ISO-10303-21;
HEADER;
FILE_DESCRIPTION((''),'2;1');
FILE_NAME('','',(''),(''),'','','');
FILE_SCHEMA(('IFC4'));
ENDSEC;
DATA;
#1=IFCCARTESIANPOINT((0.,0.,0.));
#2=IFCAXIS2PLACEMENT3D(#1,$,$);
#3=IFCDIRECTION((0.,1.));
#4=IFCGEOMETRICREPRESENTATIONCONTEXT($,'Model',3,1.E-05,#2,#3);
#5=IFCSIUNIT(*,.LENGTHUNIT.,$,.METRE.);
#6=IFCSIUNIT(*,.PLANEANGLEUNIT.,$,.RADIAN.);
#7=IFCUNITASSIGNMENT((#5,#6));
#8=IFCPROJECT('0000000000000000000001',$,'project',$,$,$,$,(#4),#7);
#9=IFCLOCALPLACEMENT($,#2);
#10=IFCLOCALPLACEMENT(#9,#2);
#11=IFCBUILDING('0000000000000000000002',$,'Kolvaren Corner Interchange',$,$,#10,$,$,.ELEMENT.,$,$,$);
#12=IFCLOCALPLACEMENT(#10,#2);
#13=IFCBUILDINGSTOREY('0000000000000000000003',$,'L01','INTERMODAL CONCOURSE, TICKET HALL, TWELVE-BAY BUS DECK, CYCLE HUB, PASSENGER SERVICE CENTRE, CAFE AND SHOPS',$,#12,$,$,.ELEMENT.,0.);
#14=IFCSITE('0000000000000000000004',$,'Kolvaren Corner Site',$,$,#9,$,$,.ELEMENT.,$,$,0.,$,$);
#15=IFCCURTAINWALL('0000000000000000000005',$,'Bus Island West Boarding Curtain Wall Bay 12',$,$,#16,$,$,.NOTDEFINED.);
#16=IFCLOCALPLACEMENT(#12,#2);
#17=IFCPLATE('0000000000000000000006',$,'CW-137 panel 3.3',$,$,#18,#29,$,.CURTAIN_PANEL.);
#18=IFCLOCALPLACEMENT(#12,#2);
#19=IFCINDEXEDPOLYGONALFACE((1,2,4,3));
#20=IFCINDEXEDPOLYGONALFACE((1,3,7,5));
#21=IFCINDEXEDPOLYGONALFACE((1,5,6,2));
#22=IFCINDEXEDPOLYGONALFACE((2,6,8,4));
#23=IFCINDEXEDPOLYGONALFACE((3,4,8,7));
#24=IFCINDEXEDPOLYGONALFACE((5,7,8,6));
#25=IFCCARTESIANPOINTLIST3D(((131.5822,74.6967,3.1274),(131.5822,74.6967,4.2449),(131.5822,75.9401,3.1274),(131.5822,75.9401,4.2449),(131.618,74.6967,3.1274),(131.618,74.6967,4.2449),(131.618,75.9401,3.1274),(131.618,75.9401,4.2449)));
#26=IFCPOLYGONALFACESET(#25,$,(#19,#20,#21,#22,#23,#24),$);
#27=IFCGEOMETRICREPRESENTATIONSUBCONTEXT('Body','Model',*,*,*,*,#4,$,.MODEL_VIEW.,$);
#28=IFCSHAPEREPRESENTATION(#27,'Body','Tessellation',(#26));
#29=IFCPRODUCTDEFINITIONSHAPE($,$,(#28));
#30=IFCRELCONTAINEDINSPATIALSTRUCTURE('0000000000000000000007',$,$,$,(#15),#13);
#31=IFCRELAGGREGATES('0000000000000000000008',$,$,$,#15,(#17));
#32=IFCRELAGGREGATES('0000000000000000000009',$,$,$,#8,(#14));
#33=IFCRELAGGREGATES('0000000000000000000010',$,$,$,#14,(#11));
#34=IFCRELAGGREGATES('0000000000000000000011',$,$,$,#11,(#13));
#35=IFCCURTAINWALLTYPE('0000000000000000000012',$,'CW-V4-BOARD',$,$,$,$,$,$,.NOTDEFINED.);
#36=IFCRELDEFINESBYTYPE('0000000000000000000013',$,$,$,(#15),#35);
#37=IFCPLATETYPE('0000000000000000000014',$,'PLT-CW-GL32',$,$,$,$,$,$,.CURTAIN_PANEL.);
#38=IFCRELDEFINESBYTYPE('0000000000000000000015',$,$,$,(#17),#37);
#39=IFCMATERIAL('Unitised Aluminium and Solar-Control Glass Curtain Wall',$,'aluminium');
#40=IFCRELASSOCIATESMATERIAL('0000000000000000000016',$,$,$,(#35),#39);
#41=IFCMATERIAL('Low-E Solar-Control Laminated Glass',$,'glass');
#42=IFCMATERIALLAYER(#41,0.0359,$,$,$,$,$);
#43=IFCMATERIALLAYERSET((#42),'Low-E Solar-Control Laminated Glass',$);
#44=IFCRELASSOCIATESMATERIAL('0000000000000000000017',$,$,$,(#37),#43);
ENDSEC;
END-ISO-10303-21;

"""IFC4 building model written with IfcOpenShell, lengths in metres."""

from ifc_helpers import new_model, si_unit, direction, frame, origin, origin_2d, place, context, subcontext, project, spatial, rectangle, extrude, material, layer, layer_set, type_object, element, aggregate, save


model = new_model("IFC4")

# Units and contexts
model_context = context("Model", 3, precision=1e-05, world=origin(), true_north=direction((0.0, 1.0)))
body_context = subcontext(model_context, "Body", "Model", "MODEL_VIEW")
ifc_project = project(units=[si_unit("LENGTHUNIT", "METRE"), si_unit("PLANEANGLEUNIT", "RADIAN")], contexts=[model_context])

# Site, building, storey
site_placement = place(None, origin())
site = spatial("IfcSite", under=ifc_project, at=site_placement, Name="Kolvaren Corner Site", CompositionType="ELEMENT", RefElevation=0.0)
building_placement = place(site_placement, origin())
building = spatial("IfcBuilding", under=site, at=building_placement, Name="Kolvaren Corner Interchange", CompositionType="ELEMENT")
storey_placement = place(building_placement, origin())
storey = spatial("IfcBuildingStorey", under=building, at=storey_placement, Name="L01", Description="INTERMODAL CONCOURSE, TICKET HALL, TWELVE-BAY BUS DECK, CYCLE HUB, PASSENGER SERVICE CENTRE, CAFE AND SHOPS", CompositionType="ELEMENT", Elevation=0.0)

# Curtain wall, plate
ifc_material_1 = material(Name="Unitised Aluminium and Solar-Control Glass Curtain Wall", Category="aluminium")
curtain_wall_type = type_object("IfcCurtainWallType", Name="CW-V4-BOARD", PredefinedType="NOTDEFINED", material=ifc_material_1)
curtain_wall_placement = place(storey_placement, origin())
curtain_wall = element("IfcCurtainWall", 1, at=curtain_wall_placement, inside=storey, type_object=curtain_wall_type, Name="Bus Island West Boarding Curtain Wall Bay 12", PredefinedType="NOTDEFINED")
ifc_material_2 = material(Name="Low-E Solar-Control Laminated Glass", Category="glass")
ifc_layer = layer(ifc_material_2, 0.0359)
ifc_layer_set = layer_set([ifc_layer], Name="Low-E Solar-Control Laminated Glass")
plate_type = type_object("IfcPlateType", Name="PLT-CW-GL32", PredefinedType="CURTAIN_PANEL", material=ifc_layer_set)
plate_1_placement = place(storey_placement, frame((131.6001, 75.3184, 3.1274), z_axis=(0.0, 0.0, 1.0), x_axis=(0.0, 1.0, 0.0)))
plate_1 = element("IfcPlate", 2, at=plate_1_placement, type_object=plate_type, Name="CW-137 panel 3.3", PredefinedType="CURTAIN_PANEL", context=body_context, shape_type="SweptSolid", body=[
    extrude(rectangle(XDim=1.2434, YDim=0.0359, at=origin_2d()), origin(), (0.0, 0.0, 1.0), 1.1174),
])
aggregate(curtain_wall, [plate_1])

save(model, "model.ifc")
